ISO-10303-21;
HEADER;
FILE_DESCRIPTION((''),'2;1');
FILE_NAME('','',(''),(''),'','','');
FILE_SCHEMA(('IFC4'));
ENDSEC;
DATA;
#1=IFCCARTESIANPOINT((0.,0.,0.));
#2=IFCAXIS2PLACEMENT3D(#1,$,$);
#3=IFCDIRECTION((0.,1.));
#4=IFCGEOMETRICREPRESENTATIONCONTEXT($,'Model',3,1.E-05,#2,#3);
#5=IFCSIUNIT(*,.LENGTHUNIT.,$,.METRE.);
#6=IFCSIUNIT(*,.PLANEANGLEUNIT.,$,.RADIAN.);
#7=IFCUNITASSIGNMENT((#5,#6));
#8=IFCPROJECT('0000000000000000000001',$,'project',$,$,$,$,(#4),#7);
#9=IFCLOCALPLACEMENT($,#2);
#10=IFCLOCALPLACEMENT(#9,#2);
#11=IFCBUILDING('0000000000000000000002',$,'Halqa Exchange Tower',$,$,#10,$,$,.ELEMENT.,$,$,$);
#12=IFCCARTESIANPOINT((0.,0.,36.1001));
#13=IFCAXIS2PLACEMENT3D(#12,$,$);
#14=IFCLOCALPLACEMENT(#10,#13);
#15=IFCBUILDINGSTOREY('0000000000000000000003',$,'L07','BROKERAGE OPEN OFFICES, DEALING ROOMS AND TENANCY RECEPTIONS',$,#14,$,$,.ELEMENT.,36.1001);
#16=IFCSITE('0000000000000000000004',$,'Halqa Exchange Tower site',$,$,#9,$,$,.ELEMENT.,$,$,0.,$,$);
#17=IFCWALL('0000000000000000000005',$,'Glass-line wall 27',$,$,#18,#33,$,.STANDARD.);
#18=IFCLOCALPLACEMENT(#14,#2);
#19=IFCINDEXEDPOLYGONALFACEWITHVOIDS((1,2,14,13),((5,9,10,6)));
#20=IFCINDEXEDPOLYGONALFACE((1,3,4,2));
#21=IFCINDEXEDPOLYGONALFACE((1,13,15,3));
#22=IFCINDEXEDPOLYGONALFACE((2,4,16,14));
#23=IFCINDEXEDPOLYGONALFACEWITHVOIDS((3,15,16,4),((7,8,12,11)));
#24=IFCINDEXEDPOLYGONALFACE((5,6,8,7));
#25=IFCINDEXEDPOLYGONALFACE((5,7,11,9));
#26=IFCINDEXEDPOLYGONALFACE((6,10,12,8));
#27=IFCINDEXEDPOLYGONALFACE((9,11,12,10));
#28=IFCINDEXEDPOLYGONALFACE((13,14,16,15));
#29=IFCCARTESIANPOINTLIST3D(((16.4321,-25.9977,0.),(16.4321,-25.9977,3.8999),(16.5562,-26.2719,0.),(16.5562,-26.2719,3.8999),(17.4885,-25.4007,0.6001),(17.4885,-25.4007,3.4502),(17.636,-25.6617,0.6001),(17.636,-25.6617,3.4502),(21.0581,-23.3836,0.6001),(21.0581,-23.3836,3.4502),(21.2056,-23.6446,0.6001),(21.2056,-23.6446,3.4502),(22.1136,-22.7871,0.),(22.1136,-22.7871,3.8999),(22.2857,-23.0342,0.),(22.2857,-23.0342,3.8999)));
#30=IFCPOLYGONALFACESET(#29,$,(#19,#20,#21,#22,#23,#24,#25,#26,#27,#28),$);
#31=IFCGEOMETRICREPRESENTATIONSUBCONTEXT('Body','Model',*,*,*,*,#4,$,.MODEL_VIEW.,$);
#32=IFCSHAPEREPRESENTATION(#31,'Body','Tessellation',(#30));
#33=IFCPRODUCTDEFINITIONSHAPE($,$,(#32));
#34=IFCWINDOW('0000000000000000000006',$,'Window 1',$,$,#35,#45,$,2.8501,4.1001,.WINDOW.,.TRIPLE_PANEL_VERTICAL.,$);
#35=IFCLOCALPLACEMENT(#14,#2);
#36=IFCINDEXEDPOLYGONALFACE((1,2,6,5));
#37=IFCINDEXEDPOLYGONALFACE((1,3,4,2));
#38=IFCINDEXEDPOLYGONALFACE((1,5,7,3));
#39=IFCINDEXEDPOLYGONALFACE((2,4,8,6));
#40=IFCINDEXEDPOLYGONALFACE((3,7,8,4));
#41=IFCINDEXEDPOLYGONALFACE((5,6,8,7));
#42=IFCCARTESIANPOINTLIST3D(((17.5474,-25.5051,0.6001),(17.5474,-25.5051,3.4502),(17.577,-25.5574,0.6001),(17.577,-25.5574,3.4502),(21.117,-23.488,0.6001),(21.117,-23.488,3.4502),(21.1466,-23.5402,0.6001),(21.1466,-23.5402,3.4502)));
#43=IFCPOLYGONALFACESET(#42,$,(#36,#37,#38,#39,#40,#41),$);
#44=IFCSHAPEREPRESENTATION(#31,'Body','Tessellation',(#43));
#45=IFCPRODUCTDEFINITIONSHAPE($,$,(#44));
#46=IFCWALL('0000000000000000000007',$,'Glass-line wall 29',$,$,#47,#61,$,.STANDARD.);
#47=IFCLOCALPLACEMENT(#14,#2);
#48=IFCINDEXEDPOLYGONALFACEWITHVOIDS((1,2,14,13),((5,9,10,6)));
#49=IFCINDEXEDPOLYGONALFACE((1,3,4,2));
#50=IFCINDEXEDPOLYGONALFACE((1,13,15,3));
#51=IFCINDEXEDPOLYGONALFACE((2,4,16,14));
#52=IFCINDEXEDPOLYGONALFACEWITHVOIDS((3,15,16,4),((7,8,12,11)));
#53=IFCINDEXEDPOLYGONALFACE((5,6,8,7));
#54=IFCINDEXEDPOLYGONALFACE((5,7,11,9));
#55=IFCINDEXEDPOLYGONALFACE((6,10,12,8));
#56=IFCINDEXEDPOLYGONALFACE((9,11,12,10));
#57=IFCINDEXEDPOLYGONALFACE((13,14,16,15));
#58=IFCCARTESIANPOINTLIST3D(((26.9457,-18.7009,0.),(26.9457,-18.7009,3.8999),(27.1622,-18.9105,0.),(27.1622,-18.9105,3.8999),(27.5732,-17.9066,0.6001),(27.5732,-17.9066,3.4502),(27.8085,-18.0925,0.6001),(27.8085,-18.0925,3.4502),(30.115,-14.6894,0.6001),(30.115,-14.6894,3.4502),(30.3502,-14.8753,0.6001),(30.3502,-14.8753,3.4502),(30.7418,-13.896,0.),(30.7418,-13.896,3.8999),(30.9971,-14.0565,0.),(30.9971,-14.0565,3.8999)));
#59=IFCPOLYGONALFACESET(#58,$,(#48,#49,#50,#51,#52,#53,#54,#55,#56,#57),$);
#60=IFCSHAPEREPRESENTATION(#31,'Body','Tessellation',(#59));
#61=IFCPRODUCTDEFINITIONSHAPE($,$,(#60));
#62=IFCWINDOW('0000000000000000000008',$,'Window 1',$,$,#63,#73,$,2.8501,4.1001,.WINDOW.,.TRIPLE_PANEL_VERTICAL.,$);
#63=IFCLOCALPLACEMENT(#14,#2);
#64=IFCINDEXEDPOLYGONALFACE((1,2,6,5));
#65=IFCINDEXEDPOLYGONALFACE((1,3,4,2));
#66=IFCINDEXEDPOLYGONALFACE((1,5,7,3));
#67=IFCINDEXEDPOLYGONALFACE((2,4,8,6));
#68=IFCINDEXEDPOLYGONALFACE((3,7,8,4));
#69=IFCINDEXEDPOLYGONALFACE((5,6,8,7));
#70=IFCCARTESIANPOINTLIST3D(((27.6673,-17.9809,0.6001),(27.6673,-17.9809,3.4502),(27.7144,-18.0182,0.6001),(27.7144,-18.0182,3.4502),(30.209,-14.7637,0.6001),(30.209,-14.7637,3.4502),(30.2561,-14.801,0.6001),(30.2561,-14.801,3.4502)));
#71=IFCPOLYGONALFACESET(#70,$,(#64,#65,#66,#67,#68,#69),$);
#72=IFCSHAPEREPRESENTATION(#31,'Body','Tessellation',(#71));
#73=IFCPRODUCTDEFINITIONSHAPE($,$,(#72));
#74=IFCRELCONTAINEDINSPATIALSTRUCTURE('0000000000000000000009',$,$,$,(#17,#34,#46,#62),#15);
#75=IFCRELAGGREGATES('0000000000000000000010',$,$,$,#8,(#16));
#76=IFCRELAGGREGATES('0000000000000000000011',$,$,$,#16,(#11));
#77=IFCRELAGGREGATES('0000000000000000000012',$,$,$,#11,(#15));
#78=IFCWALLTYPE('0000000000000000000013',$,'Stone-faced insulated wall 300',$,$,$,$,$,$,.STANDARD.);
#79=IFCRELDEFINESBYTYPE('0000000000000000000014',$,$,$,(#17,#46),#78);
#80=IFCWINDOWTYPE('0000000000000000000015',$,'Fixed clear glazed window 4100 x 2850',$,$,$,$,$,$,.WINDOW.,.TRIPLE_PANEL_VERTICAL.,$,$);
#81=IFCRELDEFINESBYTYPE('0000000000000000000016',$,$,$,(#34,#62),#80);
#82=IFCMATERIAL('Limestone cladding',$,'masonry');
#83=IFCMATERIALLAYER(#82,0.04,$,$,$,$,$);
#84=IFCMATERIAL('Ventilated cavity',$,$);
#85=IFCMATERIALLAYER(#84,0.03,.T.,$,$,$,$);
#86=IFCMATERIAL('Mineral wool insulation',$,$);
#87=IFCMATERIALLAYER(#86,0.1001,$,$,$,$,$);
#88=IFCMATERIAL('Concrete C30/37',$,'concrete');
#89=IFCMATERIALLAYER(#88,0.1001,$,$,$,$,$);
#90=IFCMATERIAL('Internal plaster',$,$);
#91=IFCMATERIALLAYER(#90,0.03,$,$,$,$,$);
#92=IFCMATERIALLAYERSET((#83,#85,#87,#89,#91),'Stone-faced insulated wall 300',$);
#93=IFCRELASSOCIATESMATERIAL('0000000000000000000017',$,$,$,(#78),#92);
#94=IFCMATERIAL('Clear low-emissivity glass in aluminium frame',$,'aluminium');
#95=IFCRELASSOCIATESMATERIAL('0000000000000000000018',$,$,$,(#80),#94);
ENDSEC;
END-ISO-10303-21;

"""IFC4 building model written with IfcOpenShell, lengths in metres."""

from ifc_helpers import new_model, si_unit, direction, frame, frame_2d, origin, place, context, subcontext, project, spatial, polyline, rectangle, outline, extrude, material, layer, layer_set, type_object, element, fill, save


model = new_model("IFC4")

# Units and contexts
model_context = context("Model", 3, precision=1e-05, world=origin(), true_north=direction((0.0, 1.0)))
body_context = subcontext(model_context, "Body", "Model", "MODEL_VIEW")
ifc_project = project(units=[si_unit("LENGTHUNIT", "METRE"), si_unit("PLANEANGLEUNIT", "RADIAN")], contexts=[model_context])

# Site, building, storey
site_placement = place(None, origin())
site = spatial("IfcSite", under=ifc_project, at=site_placement, Name="Halqa Exchange Tower site", CompositionType="ELEMENT", RefElevation=0.0)
building_placement = place(site_placement, origin())
building = spatial("IfcBuilding", under=site, at=building_placement, Name="Halqa Exchange Tower", CompositionType="ELEMENT")
storey_placement = place(building_placement, frame((0.0, 0.0, 36.1001)))
storey = spatial("IfcBuildingStorey", under=building, at=storey_placement, Name="L07", Description="BROKERAGE OPEN OFFICES, DEALING ROOMS AND TENANCY RECEPTIONS", CompositionType="ELEMENT", Elevation=36.1001)

# Wall, opening, window
ifc_material_1 = material(Name="Limestone cladding", Category="masonry")
ifc_layer_1 = layer(ifc_material_1, 0.04)
ifc_material_2 = material(Name="Ventilated cavity")
ifc_layer_2 = layer(ifc_material_2, 0.03, ventilated=True)
ifc_material_3 = material(Name="Mineral wool insulation")
ifc_layer_3 = layer(ifc_material_3, 0.1001)
ifc_material_4 = material(Name="Concrete C30/37", Category="concrete")
ifc_layer_4 = layer(ifc_material_4, 0.1001)
ifc_material_5 = material(Name="Internal plaster")
ifc_layer_5 = layer(ifc_material_5, 0.03)
ifc_layer_set_1 = layer_set([ifc_layer_1, ifc_layer_2, ifc_layer_3, ifc_layer_4, ifc_layer_5], Name="Stone-faced insulated wall 300")
wall_type_1 = type_object("IfcWallType", Name="Stone-faced insulated wall 300", PredefinedType="STANDARD", material=ifc_layer_set_1)
wall_1_placement = place(storey_placement, frame((16.4941, -26.1348, 0.0), z_axis=(0.0, 0.0, 1.0), x_axis=(0.870613, 0.491969, 0.0)))
wall_1 = element("IfcWall", 1, at=wall_1_placement, inside=storey, type_object=wall_type_1, Name="Glass-line wall 27", PredefinedType="STANDARD", context=body_context, shape_type="SweptSolid", body=[
    extrude(outline(polyline([(-0.0134, -0.1499), (6.5676, -0.1499), (6.5393, 0.1499), (0.0134, 0.1499), (-0.0134, -0.1499)])), origin(), (0.0, 0.0, 1.0), 3.8999),
])
opening_1_placement = place(wall_1_placement, frame((1.2268, 0.0, 0.6001)))
opening_1 = element("IfcOpeningElement", 2, at=opening_1_placement, cuts=wall_1, PredefinedType="OPENING", context=body_context, shape_type="SweptSolid", body=[
    extrude(rectangle(XDim=4.1001, YDim=2.8501, at=frame_2d((2.05, 1.425))), frame((0.0, 0.1621, 0.0), z_axis=(0.0, -1.0, 0.0), x_axis=(1.0, 0.0, 0.0)), (0.0, 0.0, 1.0), 0.324),
])
ifc_material_6 = material(Name="Clear low-emissivity glass in aluminium frame", Category="aluminium")
window_type = type_object("IfcWindowType", Name="Fixed clear glazed window 4100 x 2850", PartitioningType="TRIPLE_PANEL_VERTICAL", PredefinedType="WINDOW", material=ifc_material_6)
window_1_placement = place(opening_1_placement, origin())
window_1 = element("IfcWindow", 3, at=window_1_placement, inside=storey, type_object=window_type, Name="Window 1", OverallHeight=2.8501, OverallWidth=4.1001, PartitioningType="TRIPLE_PANEL_VERTICAL", PredefinedType="WINDOW", context=body_context, shape_type="SweptSolid", body=[
    extrude(rectangle(XDim=4.1001, YDim=2.8501, at=frame_2d((2.05, 1.425))), frame((0.0, 0.03, 0.0), z_axis=(0.0, -1.0, 0.0), x_axis=(1.0, 0.0, 0.0)), (0.0, 0.0, 1.0), 0.0601),
])
fill(opening_1, window_1)

# Wall, opening, window
wall_2_placement = place(storey_placement, frame((27.054, -18.8057, 0.0), z_axis=(0.0, 0.0, 1.0), x_axis=(0.619923, 0.784662, 0.0)))
wall_2 = element("IfcWall", 4, at=wall_2_placement, inside=storey, type_object=wall_type_1, Name="Glass-line wall 29", PredefinedType="STANDARD", context=body_context, shape_type="SweptSolid", body=[
    extrude(outline(polyline([(-0.0151, -0.1499), (6.1709, -0.1499), (6.1387, 0.1499), (0.0151, 0.1499), (-0.0151, -0.1499)])), origin(), (0.0, 0.0, 1.0), 3.8999),
])
opening_2_placement = place(wall_2_placement, frame((1.0273, 0.0, 0.6001)))
opening_2 = element("IfcOpeningElement", 5, at=opening_2_placement, cuts=wall_2, PredefinedType="OPENING", context=body_context, shape_type="SweptSolid", body=[
    extrude(rectangle(XDim=4.1001, YDim=2.8501, at=frame_2d((2.05, 1.425))), frame((0.0, 0.1621, 0.0), z_axis=(0.0, -1.0, 0.0), x_axis=(1.0, 0.0, 0.0)), (0.0, 0.0, 1.0), 0.324),
])
window_2_placement = place(opening_2_placement, origin())
window_2 = element("IfcWindow", 6, at=window_2_placement, inside=storey, type_object=window_type, Name="Window 1", OverallHeight=2.8501, OverallWidth=4.1001, PartitioningType="TRIPLE_PANEL_VERTICAL", PredefinedType="WINDOW", context=body_context, shape_type="SweptSolid", body=[
    extrude(rectangle(XDim=4.1001, YDim=2.8501, at=frame_2d((2.05, 1.425))), frame((0.0, 0.03, 0.0), z_axis=(0.0, -1.0, 0.0), x_axis=(1.0, 0.0, 0.0)), (0.0, 0.0, 1.0), 0.0601),
])
fill(opening_2, window_2)

save(model, "model.ifc")
